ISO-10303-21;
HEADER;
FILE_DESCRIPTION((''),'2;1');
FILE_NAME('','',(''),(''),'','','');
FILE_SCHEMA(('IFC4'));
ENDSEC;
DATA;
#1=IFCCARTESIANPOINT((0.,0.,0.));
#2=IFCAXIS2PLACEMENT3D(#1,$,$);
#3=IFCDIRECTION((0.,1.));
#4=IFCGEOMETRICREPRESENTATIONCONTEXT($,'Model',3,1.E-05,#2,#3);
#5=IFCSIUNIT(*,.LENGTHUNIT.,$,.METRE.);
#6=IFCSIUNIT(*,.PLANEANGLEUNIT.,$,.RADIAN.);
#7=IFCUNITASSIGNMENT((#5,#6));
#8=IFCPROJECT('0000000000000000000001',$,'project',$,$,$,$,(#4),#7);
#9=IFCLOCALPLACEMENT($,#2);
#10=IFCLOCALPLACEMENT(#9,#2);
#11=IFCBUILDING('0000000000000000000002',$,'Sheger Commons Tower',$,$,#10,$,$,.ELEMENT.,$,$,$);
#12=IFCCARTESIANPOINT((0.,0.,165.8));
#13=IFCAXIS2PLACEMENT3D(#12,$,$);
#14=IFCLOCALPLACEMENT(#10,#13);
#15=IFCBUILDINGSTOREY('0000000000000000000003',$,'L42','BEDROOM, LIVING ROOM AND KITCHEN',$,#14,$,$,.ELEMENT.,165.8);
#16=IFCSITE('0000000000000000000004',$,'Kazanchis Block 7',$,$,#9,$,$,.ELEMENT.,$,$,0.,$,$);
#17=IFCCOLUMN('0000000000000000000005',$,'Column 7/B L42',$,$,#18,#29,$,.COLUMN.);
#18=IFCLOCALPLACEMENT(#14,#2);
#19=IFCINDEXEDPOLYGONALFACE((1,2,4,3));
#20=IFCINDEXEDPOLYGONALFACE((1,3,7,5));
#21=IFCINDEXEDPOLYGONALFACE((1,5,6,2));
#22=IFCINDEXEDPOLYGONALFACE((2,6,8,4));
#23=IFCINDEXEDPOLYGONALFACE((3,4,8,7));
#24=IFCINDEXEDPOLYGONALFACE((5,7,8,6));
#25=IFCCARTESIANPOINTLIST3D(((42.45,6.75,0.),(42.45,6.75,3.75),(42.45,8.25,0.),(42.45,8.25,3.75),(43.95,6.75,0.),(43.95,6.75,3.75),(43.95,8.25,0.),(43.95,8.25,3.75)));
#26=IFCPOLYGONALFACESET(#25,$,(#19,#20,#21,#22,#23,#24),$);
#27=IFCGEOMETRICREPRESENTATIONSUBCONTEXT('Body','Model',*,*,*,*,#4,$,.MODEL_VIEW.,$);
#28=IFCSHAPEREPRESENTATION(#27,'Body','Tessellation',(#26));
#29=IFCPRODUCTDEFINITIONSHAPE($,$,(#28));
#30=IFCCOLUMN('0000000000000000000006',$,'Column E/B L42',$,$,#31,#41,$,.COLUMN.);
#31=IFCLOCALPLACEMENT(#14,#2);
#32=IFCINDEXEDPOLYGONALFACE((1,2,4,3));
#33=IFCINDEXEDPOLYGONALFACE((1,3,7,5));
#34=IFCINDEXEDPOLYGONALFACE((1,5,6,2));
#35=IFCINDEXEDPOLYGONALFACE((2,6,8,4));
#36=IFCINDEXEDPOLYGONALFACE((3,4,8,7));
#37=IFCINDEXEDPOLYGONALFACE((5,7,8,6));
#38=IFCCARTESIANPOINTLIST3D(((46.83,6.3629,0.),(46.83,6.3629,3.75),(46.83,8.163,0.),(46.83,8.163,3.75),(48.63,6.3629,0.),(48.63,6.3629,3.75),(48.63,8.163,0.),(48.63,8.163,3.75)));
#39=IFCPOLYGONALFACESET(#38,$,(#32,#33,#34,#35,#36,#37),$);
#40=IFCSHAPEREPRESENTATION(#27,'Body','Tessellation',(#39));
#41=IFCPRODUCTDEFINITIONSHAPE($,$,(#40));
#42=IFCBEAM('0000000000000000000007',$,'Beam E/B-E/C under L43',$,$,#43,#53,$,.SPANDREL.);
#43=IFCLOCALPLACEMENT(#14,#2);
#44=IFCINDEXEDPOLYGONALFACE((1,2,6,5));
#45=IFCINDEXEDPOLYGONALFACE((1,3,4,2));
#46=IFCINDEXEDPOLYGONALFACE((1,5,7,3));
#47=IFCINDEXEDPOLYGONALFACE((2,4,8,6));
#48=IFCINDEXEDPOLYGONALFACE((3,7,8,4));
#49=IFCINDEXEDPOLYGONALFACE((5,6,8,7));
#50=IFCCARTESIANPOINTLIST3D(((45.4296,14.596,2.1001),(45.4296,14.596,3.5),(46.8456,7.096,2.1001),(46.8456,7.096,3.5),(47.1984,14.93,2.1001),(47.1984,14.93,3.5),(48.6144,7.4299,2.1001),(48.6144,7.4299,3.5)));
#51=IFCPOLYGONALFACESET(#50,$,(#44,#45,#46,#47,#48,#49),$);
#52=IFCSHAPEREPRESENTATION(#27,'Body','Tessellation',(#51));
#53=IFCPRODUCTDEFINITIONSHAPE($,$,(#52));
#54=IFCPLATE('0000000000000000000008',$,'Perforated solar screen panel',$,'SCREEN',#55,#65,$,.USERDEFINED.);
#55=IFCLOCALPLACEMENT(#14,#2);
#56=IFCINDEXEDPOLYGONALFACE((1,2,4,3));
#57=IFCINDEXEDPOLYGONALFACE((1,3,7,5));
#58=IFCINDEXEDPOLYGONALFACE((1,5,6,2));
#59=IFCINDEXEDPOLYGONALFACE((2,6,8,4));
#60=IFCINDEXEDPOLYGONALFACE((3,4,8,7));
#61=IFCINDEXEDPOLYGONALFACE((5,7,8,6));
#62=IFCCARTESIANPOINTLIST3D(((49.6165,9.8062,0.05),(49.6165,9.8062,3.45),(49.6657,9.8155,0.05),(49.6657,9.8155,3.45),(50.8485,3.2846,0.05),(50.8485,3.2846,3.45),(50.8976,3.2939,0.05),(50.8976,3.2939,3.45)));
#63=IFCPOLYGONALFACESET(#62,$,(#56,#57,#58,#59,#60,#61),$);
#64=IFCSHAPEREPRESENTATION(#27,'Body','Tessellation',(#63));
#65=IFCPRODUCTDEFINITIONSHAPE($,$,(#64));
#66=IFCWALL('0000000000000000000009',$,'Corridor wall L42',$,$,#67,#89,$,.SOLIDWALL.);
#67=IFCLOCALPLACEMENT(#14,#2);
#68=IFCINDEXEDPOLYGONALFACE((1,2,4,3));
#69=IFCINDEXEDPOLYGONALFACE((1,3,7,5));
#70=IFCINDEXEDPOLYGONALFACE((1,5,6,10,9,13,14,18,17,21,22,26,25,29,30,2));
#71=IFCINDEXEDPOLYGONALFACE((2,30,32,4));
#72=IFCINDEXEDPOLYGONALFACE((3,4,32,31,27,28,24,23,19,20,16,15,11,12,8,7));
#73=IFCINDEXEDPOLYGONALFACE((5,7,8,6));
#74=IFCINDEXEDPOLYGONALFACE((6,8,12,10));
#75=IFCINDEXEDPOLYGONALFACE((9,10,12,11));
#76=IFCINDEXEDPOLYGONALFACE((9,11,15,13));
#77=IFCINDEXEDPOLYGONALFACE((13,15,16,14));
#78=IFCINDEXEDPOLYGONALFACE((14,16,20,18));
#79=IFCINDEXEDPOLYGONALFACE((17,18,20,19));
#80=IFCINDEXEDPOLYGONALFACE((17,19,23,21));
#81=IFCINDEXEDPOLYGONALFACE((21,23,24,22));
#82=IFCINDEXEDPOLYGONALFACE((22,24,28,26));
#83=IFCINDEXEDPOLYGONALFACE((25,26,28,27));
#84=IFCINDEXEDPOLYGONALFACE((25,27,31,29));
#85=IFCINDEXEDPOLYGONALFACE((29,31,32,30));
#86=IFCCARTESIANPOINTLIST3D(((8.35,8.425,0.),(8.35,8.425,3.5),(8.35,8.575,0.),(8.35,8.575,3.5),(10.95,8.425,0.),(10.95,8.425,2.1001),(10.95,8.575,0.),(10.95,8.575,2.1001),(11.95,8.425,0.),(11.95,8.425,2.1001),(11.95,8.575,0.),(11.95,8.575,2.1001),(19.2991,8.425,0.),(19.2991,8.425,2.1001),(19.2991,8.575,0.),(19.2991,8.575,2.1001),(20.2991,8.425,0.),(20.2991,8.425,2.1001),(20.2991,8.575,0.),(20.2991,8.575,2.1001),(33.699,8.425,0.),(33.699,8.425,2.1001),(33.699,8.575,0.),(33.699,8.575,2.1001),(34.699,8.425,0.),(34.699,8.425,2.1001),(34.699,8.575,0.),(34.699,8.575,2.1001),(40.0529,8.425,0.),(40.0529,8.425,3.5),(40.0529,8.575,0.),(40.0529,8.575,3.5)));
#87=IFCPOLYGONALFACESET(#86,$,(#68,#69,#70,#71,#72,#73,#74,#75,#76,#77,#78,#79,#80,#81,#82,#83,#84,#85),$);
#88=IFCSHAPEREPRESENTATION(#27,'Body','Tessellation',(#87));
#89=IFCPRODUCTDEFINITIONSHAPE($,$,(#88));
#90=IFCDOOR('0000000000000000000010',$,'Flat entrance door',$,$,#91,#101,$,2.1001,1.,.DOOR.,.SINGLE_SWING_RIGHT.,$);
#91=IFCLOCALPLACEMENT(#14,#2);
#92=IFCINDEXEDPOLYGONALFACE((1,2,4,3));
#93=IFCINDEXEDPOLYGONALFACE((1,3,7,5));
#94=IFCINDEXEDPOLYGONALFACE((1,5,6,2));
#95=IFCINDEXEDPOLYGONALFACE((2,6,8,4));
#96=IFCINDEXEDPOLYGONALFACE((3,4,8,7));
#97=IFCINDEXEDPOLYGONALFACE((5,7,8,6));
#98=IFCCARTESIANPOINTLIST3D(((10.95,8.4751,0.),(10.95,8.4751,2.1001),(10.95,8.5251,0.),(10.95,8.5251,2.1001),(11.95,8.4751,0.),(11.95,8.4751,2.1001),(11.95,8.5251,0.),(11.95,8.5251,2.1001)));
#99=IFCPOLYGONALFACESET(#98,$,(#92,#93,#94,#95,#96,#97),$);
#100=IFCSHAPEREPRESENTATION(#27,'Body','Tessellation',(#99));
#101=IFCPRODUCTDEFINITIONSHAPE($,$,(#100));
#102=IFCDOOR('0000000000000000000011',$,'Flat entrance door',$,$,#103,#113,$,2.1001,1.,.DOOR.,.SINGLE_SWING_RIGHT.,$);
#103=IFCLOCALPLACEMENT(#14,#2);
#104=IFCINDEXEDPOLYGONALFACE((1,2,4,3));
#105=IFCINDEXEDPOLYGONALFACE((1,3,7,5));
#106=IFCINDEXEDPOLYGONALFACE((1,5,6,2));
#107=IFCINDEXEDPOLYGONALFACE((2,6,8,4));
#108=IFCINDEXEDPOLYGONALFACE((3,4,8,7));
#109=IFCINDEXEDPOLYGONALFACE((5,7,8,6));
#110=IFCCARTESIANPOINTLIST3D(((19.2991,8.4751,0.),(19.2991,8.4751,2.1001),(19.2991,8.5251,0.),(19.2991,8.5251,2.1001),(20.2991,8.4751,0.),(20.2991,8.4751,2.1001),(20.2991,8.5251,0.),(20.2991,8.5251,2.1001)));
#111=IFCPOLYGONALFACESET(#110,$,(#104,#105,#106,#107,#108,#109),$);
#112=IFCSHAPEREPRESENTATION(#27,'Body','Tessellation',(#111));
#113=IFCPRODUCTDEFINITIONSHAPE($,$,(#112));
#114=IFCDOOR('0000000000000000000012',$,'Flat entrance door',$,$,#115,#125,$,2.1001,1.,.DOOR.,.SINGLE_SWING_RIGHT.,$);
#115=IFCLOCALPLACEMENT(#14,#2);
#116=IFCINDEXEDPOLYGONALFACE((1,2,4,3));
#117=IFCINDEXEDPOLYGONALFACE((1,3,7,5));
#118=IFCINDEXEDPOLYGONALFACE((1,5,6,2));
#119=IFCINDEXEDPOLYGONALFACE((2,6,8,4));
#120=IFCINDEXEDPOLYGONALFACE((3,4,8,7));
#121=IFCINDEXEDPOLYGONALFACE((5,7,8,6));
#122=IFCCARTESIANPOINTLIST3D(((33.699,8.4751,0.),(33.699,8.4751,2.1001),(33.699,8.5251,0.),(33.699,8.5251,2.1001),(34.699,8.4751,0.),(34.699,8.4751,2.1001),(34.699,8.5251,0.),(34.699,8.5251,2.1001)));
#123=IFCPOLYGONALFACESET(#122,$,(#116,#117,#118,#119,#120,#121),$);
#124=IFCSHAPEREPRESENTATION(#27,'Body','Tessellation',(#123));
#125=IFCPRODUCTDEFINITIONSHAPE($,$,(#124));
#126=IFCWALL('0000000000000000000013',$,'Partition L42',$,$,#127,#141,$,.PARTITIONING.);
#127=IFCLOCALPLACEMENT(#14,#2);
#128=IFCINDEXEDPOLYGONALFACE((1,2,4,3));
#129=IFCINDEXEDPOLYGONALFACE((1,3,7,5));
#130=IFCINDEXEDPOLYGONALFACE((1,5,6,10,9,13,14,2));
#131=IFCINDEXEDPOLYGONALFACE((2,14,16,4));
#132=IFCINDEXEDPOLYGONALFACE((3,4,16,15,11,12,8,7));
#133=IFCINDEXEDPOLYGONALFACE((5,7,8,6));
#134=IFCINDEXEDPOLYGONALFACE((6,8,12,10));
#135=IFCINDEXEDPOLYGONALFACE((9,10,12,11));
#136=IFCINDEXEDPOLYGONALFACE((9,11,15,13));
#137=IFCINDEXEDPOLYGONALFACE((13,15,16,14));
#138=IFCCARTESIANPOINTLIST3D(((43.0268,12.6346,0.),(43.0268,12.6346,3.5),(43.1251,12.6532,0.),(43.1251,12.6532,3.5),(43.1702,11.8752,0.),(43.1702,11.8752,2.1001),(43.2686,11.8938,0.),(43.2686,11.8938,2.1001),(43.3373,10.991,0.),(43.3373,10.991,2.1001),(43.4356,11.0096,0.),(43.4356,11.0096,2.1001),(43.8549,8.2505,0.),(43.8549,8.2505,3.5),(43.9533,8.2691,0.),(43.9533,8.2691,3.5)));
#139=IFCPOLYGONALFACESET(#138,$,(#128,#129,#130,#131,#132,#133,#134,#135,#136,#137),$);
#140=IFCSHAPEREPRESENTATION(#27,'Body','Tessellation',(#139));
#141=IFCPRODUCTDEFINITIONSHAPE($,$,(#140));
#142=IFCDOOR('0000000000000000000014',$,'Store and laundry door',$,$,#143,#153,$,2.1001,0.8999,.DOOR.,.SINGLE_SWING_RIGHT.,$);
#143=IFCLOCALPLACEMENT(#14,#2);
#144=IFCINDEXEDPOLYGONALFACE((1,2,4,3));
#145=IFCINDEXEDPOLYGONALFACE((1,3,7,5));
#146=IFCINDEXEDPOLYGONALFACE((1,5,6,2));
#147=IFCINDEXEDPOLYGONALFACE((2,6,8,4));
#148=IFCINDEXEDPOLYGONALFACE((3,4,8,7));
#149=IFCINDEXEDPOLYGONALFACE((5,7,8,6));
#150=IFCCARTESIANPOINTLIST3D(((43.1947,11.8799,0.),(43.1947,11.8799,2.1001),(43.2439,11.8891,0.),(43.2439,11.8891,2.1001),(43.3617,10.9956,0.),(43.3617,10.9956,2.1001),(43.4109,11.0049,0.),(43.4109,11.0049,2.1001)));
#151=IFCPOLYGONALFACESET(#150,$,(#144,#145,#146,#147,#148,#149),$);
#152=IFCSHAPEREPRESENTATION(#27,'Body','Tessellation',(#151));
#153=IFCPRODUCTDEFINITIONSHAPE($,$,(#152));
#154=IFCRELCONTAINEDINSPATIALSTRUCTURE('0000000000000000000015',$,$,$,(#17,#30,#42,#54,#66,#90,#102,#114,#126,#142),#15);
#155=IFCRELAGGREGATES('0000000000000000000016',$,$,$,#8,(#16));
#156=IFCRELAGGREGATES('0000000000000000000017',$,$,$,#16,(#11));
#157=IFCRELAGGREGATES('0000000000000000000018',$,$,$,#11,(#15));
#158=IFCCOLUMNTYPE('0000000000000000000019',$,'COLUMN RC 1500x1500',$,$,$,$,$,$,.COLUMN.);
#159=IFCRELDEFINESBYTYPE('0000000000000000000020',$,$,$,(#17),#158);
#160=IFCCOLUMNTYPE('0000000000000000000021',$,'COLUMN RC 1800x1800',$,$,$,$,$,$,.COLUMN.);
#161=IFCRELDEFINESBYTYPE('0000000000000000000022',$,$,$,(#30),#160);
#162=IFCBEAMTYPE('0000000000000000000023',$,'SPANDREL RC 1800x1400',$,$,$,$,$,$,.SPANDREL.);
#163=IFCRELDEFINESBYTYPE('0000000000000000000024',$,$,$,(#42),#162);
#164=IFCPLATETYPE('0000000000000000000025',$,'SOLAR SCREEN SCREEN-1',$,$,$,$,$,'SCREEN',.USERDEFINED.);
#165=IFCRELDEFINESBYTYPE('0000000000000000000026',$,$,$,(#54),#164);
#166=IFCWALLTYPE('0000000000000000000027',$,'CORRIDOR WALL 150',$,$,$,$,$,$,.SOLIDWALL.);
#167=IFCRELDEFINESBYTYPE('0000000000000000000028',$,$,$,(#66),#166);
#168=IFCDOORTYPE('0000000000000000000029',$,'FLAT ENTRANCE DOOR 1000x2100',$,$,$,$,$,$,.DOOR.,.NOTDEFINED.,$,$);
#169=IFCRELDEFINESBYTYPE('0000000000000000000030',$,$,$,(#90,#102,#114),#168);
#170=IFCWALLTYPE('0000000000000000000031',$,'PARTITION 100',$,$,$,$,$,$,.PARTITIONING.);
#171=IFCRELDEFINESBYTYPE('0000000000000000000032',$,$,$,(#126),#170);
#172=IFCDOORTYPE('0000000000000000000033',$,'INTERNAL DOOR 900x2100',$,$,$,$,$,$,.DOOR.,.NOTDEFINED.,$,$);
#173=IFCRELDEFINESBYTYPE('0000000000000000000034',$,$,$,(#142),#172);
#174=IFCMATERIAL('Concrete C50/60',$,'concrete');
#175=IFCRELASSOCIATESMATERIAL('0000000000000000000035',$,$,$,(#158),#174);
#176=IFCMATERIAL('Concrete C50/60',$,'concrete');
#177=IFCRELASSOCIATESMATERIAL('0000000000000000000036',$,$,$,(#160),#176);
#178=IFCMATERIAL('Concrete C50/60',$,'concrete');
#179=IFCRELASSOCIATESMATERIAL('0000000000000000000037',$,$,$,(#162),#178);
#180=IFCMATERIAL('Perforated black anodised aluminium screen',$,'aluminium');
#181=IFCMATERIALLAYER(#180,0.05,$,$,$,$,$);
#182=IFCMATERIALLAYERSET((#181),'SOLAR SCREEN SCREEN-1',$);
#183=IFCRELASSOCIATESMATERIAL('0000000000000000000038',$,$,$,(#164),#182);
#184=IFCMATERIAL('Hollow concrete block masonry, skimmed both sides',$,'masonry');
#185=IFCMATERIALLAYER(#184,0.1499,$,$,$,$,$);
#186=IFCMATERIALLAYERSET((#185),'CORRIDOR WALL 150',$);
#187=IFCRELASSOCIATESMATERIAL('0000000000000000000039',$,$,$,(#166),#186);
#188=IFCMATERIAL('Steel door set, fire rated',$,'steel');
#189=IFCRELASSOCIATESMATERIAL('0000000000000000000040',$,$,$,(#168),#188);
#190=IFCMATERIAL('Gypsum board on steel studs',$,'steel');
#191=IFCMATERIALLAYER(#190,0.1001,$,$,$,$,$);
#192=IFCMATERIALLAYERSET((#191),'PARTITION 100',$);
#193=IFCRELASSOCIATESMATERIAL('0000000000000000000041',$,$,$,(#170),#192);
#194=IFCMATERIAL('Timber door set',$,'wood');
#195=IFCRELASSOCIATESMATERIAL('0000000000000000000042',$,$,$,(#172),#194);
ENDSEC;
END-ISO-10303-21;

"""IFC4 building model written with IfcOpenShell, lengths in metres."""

from ifc_helpers import new_model, si_unit, direction, frame, frame_2d, origin, origin_2d, place, context, subcontext, project, spatial, rectangle, extrude, material, layer, layer_set, material_profile, profile_set, type_object, element, fill, save


model = new_model("IFC4")

# Units and contexts
model_context = context("Model", 3, precision=1e-05, world=origin(), true_north=direction((0.0, 1.0)))
body_context = subcontext(model_context, "Body", "Model", "MODEL_VIEW")
ifc_project = project(units=[si_unit("LENGTHUNIT", "METRE"), si_unit("PLANEANGLEUNIT", "RADIAN")], contexts=[model_context])

# Site, building, storey
site_placement = place(None, origin())
site = spatial("IfcSite", under=ifc_project, at=site_placement, Name="Kazanchis Block 7", CompositionType="ELEMENT", RefElevation=0.0)
building_placement = place(site_placement, origin())
building = spatial("IfcBuilding", under=site, at=building_placement, Name="Sheger Commons Tower", CompositionType="ELEMENT")
storey_placement = place(building_placement, frame((0.0, 0.0, 165.8)))
storey = spatial("IfcBuildingStorey", under=building, at=storey_placement, Name="L42", Description="BEDROOM, LIVING ROOM AND KITCHEN", CompositionType="ELEMENT", Elevation=165.8)

# Columns
ifc_material_1 = material(Name="Concrete C50/60", Category="concrete")
ifc_material_profile_1 = material_profile(ifc_material_1, rectangle(XDim=1.5, YDim=1.5, at=origin_2d()), Name="RC 1500x1500")
ifc_profile_set_1 = profile_set([ifc_material_profile_1], Name="Concrete C50/60")
column_type_1 = type_object("IfcColumnType", Name="COLUMN RC 1500x1500", PredefinedType="COLUMN", material=ifc_profile_set_1)
column_1_placement = place(storey_placement, frame((43.2, 7.5, 0.0), z_axis=(0.0, 0.0, 1.0), x_axis=(1.0, 0.0, 0.0)))
element("IfcColumn", 1, at=column_1_placement, inside=storey, type_object=column_type_1, Name="Column 7/B L42", PredefinedType="COLUMN", context=body_context, shape_type="SweptSolid", body=[
    extrude(rectangle(XDim=1.5, YDim=1.5, at=origin_2d()), origin(), (0.0, 0.0, 1.0), 3.75),
])
ifc_material_2 = material(Name="Concrete C50/60", Category="concrete")
ifc_material_profile_2 = material_profile(ifc_material_2, rectangle(XDim=1.8, YDim=1.8, at=origin_2d()), Name="RC 1800x1800")
ifc_profile_set_2 = profile_set([ifc_material_profile_2], Name="Concrete C50/60")
column_type_2 = type_object("IfcColumnType", Name="COLUMN RC 1800x1800", PredefinedType="COLUMN", material=ifc_profile_set_2)
column_2_placement = place(storey_placement, frame((47.73, 7.2629, 0.0), z_axis=(0.0, 0.0, 1.0), x_axis=(1.0, 0.0, 0.0)))
element("IfcColumn", 2, at=column_2_placement, inside=storey, type_object=column_type_2, Name="Column E/B L42", PredefinedType="COLUMN", context=body_context, shape_type="SweptSolid", body=[
    extrude(rectangle(XDim=1.8, YDim=1.8, at=origin_2d()), origin(), (0.0, 0.0, 1.0), 3.75),
])

# Beam
ifc_material_3 = material(Name="Concrete C50/60", Category="concrete")
ifc_material_profile_3 = material_profile(ifc_material_3, rectangle(XDim=1.8, YDim=1.3999, at=origin_2d()), Name="RC 1800x1400")
ifc_profile_set_3 = profile_set([ifc_material_profile_3], Name="Concrete C50/60")
beam_type = type_object("IfcBeamType", Name="SPANDREL RC 1800x1400", PredefinedType="SPANDREL", material=ifc_profile_set_3)
beam_placement = place(storey_placement, frame((47.73, 7.2629, 2.8), z_axis=(-0.185524, 0.98264, 0.0), x_axis=(-0.98264, -0.185524, 0.0)))
element("IfcBeam", 3, at=beam_placement, inside=storey, type_object=beam_type, Name="Beam E/B-E/C under L43", PredefinedType="SPANDREL", context=body_context, shape_type="SweptSolid", body=[
    extrude(rectangle(XDim=1.8, YDim=1.3999, at=origin_2d()), origin(), (0.0, 0.0, 1.0), 7.6326),
])

# Plate
ifc_material_4 = material(Name="Perforated black anodised aluminium screen", Category="aluminium")
ifc_layer_1 = layer(ifc_material_4, 0.05)
ifc_layer_set_1 = layer_set([ifc_layer_1], Name="SOLAR SCREEN SCREEN-1")
plate_type = type_object("IfcPlateType", Name="SOLAR SCREEN SCREEN-1", ElementType="SCREEN", PredefinedType="USERDEFINED", material=ifc_layer_set_1)
plate_placement = place(storey_placement, frame((50.2571, 6.55, 0.05), z_axis=(0.0, 0.0, 1.0), x_axis=(-0.185615, 0.982623, 0.0)))
element("IfcPlate", 4, at=plate_placement, inside=storey, type_object=plate_type, Name="Perforated solar screen panel", ObjectType="SCREEN", PredefinedType="USERDEFINED", context=body_context, shape_type="SweptSolid", body=[
    extrude(rectangle(XDim=6.637, YDim=0.05, at=origin_2d()), origin(), (0.0, 0.0, 1.0), 3.3999),
])

# Wall, openings, doors
ifc_material_5 = material(Name="Hollow concrete block masonry, skimmed both sides", Category="masonry")
ifc_layer_2 = layer(ifc_material_5, 0.1499)
ifc_layer_set_2 = layer_set([ifc_layer_2], Name="CORRIDOR WALL 150")
wall_type_1 = type_object("IfcWallType", Name="CORRIDOR WALL 150", PredefinedType="SOLIDWALL", material=ifc_layer_set_2)
wall_1_placement = place(storey_placement, frame((40.053, 8.5, 0.0), z_axis=(0.0, 0.0, 1.0), x_axis=(-1.0, 0.0, 0.0)))
wall_1 = element("IfcWall", 5, at=wall_1_placement, inside=storey, type_object=wall_type_1, Name="Corridor wall L42", PredefinedType="SOLIDWALL", context=body_context, shape_type="SweptSolid", body=[
    extrude(rectangle(XDim=31.7029, YDim=0.1499, at=frame_2d((15.8516, 0.0))), origin(), (0.0, 0.0, 1.0), 3.5),
])
opening_1_placement = place(wall_1_placement, frame((28.103, 0.0, 0.0)))
opening_1 = element("IfcOpeningElement", 6, at=opening_1_placement, cuts=wall_1, PredefinedType="OPENING", context=body_context, shape_type="SweptSolid", body=[
    extrude(rectangle(XDim=1.0, YDim=2.1001, at=frame_2d((0.5, 1.05))), frame((0.0, 0.085, 0.0), z_axis=(0.0, -1.0, 0.0), x_axis=(1.0, 0.0, 0.0)), (0.0, 0.0, 1.0), 0.1699),
])
opening_2_placement = place(wall_1_placement, frame((19.7539, 0.0, 0.0)))
opening_2 = element("IfcOpeningElement", 7, at=opening_2_placement, cuts=wall_1, PredefinedType="OPENING", context=body_context, shape_type="SweptSolid", body=[
    extrude(rectangle(XDim=1.0, YDim=2.1001, at=frame_2d((0.5, 1.05))), frame((0.0, 0.085, 0.0), z_axis=(0.0, -1.0, 0.0), x_axis=(1.0, 0.0, 0.0)), (0.0, 0.0, 1.0), 0.1699),
])
opening_3_placement = place(wall_1_placement, frame((5.354, 0.0, 0.0)))
opening_3 = element("IfcOpeningElement", 8, at=opening_3_placement, cuts=wall_1, PredefinedType="OPENING", context=body_context, shape_type="SweptSolid", body=[
    extrude(rectangle(XDim=1.0, YDim=2.1001, at=frame_2d((0.5, 1.05))), frame((0.0, 0.085, 0.0), z_axis=(0.0, -1.0, 0.0), x_axis=(1.0, 0.0, 0.0)), (0.0, 0.0, 1.0), 0.1699),
])
ifc_material_6 = material(Name="Steel door set, fire rated", Category="steel")
door_type_1 = type_object("IfcDoorType", Name="FLAT ENTRANCE DOOR 1000x2100", OperationType="NOTDEFINED", PredefinedType="DOOR", material=ifc_material_6)
door_1_placement = place(opening_1_placement, origin())
door_1 = element("IfcDoor", 9, at=door_1_placement, inside=storey, type_object=door_type_1, Name="Flat entrance door", OperationType="SINGLE_SWING_RIGHT", OverallHeight=2.1001, OverallWidth=1.0, PredefinedType="DOOR", context=body_context, shape_type="SweptSolid", body=[
    extrude(rectangle(XDim=1.0, YDim=2.1001, at=frame_2d((0.5, 1.05))), frame((0.0, 0.0249, 0.0), z_axis=(0.0, -1.0, 0.0), x_axis=(1.0, 0.0, 0.0)), (0.0, 0.0, 1.0), 0.05),
])
fill(opening_1, door_1)
door_2_placement = place(opening_2_placement, origin())
door_2 = element("IfcDoor", 10, at=door_2_placement, inside=storey, type_object=door_type_1, Name="Flat entrance door", OperationType="SINGLE_SWING_RIGHT", OverallHeight=2.1001, OverallWidth=1.0, PredefinedType="DOOR", context=body_context, shape_type="SweptSolid", body=[
    extrude(rectangle(XDim=1.0, YDim=2.1001, at=frame_2d((0.5, 1.05))), frame((0.0, 0.0249, 0.0), z_axis=(0.0, -1.0, 0.0), x_axis=(1.0, 0.0, 0.0)), (0.0, 0.0, 1.0), 0.05),
])
fill(opening_2, door_2)
door_3_placement = place(opening_3_placement, origin())
door_3 = element("IfcDoor", 11, at=door_3_placement, inside=storey, type_object=door_type_1, Name="Flat entrance door", OperationType="SINGLE_SWING_RIGHT", OverallHeight=2.1001, OverallWidth=1.0, PredefinedType="DOOR", context=body_context, shape_type="SweptSolid", body=[
    extrude(rectangle(XDim=1.0, YDim=2.1001, at=frame_2d((0.5, 1.05))), frame((0.0, 0.0249, 0.0), z_axis=(0.0, -1.0, 0.0), x_axis=(1.0, 0.0, 0.0)), (0.0, 0.0, 1.0), 0.05),
])
fill(opening_3, door_3)

# Wall, opening, door
ifc_material_7 = material(Name="Gypsum board on steel studs", Category="steel")
ifc_layer_3 = layer(ifc_material_7, 0.1001)
ifc_layer_set_3 = layer_set([ifc_layer_3], Name="PARTITION 100")
wall_type_2 = type_object("IfcWallType", Name="PARTITION 100", PredefinedType="PARTITIONING", material=ifc_layer_set_3)
wall_2_placement = place(storey_placement, frame((43.0759, 12.644, 0.0), z_axis=(0.0, 0.0, 1.0), x_axis=(0.185613, -0.982623, 0.0)))
wall_2 = element("IfcWall", 12, at=wall_2_placement, inside=storey, type_object=wall_type_2, Name="Partition L42", PredefinedType="PARTITIONING", context=body_context, shape_type="SweptSolid", body=[
    extrude(rectangle(XDim=4.4617, YDim=0.1001, at=frame_2d((2.231, 0.0))), origin(), (0.0, 0.0, 1.0), 3.5),
])
opening_4_placement = place(wall_2_placement, frame((0.7729, 0.0, 0.0)))
opening_4 = element("IfcOpeningElement", 13, at=opening_4_placement, cuts=wall_2, PredefinedType="OPENING", context=body_context, shape_type="SweptSolid", body=[
    extrude(rectangle(XDim=0.8999, YDim=2.1001, at=frame_2d((0.45, 1.05))), frame((0.0, 0.0601, 0.0), z_axis=(0.0, -1.0, 0.0), x_axis=(1.0, 0.0, 0.0)), (0.0, 0.0, 1.0), 0.1201),
])
ifc_material_8 = material(Name="Timber door set", Category="wood")
door_type_2 = type_object("IfcDoorType", Name="INTERNAL DOOR 900x2100", OperationType="NOTDEFINED", PredefinedType="DOOR", material=ifc_material_8)
door_4_placement = place(opening_4_placement, origin())
door_4 = element("IfcDoor", 14, at=door_4_placement, inside=storey, type_object=door_type_2, Name="Store and laundry door", OperationType="SINGLE_SWING_RIGHT", OverallHeight=2.1001, OverallWidth=0.8999, PredefinedType="DOOR", context=body_context, shape_type="SweptSolid", body=[
    extrude(rectangle(XDim=0.8999, YDim=2.1001, at=frame_2d((0.45, 1.05))), frame((0.0, 0.0249, 0.0), z_axis=(0.0, -1.0, 0.0), x_axis=(1.0, 0.0, 0.0)), (0.0, 0.0, 1.0), 0.05),
])
fill(opening_4, door_4)

save(model, "model.ifc")
